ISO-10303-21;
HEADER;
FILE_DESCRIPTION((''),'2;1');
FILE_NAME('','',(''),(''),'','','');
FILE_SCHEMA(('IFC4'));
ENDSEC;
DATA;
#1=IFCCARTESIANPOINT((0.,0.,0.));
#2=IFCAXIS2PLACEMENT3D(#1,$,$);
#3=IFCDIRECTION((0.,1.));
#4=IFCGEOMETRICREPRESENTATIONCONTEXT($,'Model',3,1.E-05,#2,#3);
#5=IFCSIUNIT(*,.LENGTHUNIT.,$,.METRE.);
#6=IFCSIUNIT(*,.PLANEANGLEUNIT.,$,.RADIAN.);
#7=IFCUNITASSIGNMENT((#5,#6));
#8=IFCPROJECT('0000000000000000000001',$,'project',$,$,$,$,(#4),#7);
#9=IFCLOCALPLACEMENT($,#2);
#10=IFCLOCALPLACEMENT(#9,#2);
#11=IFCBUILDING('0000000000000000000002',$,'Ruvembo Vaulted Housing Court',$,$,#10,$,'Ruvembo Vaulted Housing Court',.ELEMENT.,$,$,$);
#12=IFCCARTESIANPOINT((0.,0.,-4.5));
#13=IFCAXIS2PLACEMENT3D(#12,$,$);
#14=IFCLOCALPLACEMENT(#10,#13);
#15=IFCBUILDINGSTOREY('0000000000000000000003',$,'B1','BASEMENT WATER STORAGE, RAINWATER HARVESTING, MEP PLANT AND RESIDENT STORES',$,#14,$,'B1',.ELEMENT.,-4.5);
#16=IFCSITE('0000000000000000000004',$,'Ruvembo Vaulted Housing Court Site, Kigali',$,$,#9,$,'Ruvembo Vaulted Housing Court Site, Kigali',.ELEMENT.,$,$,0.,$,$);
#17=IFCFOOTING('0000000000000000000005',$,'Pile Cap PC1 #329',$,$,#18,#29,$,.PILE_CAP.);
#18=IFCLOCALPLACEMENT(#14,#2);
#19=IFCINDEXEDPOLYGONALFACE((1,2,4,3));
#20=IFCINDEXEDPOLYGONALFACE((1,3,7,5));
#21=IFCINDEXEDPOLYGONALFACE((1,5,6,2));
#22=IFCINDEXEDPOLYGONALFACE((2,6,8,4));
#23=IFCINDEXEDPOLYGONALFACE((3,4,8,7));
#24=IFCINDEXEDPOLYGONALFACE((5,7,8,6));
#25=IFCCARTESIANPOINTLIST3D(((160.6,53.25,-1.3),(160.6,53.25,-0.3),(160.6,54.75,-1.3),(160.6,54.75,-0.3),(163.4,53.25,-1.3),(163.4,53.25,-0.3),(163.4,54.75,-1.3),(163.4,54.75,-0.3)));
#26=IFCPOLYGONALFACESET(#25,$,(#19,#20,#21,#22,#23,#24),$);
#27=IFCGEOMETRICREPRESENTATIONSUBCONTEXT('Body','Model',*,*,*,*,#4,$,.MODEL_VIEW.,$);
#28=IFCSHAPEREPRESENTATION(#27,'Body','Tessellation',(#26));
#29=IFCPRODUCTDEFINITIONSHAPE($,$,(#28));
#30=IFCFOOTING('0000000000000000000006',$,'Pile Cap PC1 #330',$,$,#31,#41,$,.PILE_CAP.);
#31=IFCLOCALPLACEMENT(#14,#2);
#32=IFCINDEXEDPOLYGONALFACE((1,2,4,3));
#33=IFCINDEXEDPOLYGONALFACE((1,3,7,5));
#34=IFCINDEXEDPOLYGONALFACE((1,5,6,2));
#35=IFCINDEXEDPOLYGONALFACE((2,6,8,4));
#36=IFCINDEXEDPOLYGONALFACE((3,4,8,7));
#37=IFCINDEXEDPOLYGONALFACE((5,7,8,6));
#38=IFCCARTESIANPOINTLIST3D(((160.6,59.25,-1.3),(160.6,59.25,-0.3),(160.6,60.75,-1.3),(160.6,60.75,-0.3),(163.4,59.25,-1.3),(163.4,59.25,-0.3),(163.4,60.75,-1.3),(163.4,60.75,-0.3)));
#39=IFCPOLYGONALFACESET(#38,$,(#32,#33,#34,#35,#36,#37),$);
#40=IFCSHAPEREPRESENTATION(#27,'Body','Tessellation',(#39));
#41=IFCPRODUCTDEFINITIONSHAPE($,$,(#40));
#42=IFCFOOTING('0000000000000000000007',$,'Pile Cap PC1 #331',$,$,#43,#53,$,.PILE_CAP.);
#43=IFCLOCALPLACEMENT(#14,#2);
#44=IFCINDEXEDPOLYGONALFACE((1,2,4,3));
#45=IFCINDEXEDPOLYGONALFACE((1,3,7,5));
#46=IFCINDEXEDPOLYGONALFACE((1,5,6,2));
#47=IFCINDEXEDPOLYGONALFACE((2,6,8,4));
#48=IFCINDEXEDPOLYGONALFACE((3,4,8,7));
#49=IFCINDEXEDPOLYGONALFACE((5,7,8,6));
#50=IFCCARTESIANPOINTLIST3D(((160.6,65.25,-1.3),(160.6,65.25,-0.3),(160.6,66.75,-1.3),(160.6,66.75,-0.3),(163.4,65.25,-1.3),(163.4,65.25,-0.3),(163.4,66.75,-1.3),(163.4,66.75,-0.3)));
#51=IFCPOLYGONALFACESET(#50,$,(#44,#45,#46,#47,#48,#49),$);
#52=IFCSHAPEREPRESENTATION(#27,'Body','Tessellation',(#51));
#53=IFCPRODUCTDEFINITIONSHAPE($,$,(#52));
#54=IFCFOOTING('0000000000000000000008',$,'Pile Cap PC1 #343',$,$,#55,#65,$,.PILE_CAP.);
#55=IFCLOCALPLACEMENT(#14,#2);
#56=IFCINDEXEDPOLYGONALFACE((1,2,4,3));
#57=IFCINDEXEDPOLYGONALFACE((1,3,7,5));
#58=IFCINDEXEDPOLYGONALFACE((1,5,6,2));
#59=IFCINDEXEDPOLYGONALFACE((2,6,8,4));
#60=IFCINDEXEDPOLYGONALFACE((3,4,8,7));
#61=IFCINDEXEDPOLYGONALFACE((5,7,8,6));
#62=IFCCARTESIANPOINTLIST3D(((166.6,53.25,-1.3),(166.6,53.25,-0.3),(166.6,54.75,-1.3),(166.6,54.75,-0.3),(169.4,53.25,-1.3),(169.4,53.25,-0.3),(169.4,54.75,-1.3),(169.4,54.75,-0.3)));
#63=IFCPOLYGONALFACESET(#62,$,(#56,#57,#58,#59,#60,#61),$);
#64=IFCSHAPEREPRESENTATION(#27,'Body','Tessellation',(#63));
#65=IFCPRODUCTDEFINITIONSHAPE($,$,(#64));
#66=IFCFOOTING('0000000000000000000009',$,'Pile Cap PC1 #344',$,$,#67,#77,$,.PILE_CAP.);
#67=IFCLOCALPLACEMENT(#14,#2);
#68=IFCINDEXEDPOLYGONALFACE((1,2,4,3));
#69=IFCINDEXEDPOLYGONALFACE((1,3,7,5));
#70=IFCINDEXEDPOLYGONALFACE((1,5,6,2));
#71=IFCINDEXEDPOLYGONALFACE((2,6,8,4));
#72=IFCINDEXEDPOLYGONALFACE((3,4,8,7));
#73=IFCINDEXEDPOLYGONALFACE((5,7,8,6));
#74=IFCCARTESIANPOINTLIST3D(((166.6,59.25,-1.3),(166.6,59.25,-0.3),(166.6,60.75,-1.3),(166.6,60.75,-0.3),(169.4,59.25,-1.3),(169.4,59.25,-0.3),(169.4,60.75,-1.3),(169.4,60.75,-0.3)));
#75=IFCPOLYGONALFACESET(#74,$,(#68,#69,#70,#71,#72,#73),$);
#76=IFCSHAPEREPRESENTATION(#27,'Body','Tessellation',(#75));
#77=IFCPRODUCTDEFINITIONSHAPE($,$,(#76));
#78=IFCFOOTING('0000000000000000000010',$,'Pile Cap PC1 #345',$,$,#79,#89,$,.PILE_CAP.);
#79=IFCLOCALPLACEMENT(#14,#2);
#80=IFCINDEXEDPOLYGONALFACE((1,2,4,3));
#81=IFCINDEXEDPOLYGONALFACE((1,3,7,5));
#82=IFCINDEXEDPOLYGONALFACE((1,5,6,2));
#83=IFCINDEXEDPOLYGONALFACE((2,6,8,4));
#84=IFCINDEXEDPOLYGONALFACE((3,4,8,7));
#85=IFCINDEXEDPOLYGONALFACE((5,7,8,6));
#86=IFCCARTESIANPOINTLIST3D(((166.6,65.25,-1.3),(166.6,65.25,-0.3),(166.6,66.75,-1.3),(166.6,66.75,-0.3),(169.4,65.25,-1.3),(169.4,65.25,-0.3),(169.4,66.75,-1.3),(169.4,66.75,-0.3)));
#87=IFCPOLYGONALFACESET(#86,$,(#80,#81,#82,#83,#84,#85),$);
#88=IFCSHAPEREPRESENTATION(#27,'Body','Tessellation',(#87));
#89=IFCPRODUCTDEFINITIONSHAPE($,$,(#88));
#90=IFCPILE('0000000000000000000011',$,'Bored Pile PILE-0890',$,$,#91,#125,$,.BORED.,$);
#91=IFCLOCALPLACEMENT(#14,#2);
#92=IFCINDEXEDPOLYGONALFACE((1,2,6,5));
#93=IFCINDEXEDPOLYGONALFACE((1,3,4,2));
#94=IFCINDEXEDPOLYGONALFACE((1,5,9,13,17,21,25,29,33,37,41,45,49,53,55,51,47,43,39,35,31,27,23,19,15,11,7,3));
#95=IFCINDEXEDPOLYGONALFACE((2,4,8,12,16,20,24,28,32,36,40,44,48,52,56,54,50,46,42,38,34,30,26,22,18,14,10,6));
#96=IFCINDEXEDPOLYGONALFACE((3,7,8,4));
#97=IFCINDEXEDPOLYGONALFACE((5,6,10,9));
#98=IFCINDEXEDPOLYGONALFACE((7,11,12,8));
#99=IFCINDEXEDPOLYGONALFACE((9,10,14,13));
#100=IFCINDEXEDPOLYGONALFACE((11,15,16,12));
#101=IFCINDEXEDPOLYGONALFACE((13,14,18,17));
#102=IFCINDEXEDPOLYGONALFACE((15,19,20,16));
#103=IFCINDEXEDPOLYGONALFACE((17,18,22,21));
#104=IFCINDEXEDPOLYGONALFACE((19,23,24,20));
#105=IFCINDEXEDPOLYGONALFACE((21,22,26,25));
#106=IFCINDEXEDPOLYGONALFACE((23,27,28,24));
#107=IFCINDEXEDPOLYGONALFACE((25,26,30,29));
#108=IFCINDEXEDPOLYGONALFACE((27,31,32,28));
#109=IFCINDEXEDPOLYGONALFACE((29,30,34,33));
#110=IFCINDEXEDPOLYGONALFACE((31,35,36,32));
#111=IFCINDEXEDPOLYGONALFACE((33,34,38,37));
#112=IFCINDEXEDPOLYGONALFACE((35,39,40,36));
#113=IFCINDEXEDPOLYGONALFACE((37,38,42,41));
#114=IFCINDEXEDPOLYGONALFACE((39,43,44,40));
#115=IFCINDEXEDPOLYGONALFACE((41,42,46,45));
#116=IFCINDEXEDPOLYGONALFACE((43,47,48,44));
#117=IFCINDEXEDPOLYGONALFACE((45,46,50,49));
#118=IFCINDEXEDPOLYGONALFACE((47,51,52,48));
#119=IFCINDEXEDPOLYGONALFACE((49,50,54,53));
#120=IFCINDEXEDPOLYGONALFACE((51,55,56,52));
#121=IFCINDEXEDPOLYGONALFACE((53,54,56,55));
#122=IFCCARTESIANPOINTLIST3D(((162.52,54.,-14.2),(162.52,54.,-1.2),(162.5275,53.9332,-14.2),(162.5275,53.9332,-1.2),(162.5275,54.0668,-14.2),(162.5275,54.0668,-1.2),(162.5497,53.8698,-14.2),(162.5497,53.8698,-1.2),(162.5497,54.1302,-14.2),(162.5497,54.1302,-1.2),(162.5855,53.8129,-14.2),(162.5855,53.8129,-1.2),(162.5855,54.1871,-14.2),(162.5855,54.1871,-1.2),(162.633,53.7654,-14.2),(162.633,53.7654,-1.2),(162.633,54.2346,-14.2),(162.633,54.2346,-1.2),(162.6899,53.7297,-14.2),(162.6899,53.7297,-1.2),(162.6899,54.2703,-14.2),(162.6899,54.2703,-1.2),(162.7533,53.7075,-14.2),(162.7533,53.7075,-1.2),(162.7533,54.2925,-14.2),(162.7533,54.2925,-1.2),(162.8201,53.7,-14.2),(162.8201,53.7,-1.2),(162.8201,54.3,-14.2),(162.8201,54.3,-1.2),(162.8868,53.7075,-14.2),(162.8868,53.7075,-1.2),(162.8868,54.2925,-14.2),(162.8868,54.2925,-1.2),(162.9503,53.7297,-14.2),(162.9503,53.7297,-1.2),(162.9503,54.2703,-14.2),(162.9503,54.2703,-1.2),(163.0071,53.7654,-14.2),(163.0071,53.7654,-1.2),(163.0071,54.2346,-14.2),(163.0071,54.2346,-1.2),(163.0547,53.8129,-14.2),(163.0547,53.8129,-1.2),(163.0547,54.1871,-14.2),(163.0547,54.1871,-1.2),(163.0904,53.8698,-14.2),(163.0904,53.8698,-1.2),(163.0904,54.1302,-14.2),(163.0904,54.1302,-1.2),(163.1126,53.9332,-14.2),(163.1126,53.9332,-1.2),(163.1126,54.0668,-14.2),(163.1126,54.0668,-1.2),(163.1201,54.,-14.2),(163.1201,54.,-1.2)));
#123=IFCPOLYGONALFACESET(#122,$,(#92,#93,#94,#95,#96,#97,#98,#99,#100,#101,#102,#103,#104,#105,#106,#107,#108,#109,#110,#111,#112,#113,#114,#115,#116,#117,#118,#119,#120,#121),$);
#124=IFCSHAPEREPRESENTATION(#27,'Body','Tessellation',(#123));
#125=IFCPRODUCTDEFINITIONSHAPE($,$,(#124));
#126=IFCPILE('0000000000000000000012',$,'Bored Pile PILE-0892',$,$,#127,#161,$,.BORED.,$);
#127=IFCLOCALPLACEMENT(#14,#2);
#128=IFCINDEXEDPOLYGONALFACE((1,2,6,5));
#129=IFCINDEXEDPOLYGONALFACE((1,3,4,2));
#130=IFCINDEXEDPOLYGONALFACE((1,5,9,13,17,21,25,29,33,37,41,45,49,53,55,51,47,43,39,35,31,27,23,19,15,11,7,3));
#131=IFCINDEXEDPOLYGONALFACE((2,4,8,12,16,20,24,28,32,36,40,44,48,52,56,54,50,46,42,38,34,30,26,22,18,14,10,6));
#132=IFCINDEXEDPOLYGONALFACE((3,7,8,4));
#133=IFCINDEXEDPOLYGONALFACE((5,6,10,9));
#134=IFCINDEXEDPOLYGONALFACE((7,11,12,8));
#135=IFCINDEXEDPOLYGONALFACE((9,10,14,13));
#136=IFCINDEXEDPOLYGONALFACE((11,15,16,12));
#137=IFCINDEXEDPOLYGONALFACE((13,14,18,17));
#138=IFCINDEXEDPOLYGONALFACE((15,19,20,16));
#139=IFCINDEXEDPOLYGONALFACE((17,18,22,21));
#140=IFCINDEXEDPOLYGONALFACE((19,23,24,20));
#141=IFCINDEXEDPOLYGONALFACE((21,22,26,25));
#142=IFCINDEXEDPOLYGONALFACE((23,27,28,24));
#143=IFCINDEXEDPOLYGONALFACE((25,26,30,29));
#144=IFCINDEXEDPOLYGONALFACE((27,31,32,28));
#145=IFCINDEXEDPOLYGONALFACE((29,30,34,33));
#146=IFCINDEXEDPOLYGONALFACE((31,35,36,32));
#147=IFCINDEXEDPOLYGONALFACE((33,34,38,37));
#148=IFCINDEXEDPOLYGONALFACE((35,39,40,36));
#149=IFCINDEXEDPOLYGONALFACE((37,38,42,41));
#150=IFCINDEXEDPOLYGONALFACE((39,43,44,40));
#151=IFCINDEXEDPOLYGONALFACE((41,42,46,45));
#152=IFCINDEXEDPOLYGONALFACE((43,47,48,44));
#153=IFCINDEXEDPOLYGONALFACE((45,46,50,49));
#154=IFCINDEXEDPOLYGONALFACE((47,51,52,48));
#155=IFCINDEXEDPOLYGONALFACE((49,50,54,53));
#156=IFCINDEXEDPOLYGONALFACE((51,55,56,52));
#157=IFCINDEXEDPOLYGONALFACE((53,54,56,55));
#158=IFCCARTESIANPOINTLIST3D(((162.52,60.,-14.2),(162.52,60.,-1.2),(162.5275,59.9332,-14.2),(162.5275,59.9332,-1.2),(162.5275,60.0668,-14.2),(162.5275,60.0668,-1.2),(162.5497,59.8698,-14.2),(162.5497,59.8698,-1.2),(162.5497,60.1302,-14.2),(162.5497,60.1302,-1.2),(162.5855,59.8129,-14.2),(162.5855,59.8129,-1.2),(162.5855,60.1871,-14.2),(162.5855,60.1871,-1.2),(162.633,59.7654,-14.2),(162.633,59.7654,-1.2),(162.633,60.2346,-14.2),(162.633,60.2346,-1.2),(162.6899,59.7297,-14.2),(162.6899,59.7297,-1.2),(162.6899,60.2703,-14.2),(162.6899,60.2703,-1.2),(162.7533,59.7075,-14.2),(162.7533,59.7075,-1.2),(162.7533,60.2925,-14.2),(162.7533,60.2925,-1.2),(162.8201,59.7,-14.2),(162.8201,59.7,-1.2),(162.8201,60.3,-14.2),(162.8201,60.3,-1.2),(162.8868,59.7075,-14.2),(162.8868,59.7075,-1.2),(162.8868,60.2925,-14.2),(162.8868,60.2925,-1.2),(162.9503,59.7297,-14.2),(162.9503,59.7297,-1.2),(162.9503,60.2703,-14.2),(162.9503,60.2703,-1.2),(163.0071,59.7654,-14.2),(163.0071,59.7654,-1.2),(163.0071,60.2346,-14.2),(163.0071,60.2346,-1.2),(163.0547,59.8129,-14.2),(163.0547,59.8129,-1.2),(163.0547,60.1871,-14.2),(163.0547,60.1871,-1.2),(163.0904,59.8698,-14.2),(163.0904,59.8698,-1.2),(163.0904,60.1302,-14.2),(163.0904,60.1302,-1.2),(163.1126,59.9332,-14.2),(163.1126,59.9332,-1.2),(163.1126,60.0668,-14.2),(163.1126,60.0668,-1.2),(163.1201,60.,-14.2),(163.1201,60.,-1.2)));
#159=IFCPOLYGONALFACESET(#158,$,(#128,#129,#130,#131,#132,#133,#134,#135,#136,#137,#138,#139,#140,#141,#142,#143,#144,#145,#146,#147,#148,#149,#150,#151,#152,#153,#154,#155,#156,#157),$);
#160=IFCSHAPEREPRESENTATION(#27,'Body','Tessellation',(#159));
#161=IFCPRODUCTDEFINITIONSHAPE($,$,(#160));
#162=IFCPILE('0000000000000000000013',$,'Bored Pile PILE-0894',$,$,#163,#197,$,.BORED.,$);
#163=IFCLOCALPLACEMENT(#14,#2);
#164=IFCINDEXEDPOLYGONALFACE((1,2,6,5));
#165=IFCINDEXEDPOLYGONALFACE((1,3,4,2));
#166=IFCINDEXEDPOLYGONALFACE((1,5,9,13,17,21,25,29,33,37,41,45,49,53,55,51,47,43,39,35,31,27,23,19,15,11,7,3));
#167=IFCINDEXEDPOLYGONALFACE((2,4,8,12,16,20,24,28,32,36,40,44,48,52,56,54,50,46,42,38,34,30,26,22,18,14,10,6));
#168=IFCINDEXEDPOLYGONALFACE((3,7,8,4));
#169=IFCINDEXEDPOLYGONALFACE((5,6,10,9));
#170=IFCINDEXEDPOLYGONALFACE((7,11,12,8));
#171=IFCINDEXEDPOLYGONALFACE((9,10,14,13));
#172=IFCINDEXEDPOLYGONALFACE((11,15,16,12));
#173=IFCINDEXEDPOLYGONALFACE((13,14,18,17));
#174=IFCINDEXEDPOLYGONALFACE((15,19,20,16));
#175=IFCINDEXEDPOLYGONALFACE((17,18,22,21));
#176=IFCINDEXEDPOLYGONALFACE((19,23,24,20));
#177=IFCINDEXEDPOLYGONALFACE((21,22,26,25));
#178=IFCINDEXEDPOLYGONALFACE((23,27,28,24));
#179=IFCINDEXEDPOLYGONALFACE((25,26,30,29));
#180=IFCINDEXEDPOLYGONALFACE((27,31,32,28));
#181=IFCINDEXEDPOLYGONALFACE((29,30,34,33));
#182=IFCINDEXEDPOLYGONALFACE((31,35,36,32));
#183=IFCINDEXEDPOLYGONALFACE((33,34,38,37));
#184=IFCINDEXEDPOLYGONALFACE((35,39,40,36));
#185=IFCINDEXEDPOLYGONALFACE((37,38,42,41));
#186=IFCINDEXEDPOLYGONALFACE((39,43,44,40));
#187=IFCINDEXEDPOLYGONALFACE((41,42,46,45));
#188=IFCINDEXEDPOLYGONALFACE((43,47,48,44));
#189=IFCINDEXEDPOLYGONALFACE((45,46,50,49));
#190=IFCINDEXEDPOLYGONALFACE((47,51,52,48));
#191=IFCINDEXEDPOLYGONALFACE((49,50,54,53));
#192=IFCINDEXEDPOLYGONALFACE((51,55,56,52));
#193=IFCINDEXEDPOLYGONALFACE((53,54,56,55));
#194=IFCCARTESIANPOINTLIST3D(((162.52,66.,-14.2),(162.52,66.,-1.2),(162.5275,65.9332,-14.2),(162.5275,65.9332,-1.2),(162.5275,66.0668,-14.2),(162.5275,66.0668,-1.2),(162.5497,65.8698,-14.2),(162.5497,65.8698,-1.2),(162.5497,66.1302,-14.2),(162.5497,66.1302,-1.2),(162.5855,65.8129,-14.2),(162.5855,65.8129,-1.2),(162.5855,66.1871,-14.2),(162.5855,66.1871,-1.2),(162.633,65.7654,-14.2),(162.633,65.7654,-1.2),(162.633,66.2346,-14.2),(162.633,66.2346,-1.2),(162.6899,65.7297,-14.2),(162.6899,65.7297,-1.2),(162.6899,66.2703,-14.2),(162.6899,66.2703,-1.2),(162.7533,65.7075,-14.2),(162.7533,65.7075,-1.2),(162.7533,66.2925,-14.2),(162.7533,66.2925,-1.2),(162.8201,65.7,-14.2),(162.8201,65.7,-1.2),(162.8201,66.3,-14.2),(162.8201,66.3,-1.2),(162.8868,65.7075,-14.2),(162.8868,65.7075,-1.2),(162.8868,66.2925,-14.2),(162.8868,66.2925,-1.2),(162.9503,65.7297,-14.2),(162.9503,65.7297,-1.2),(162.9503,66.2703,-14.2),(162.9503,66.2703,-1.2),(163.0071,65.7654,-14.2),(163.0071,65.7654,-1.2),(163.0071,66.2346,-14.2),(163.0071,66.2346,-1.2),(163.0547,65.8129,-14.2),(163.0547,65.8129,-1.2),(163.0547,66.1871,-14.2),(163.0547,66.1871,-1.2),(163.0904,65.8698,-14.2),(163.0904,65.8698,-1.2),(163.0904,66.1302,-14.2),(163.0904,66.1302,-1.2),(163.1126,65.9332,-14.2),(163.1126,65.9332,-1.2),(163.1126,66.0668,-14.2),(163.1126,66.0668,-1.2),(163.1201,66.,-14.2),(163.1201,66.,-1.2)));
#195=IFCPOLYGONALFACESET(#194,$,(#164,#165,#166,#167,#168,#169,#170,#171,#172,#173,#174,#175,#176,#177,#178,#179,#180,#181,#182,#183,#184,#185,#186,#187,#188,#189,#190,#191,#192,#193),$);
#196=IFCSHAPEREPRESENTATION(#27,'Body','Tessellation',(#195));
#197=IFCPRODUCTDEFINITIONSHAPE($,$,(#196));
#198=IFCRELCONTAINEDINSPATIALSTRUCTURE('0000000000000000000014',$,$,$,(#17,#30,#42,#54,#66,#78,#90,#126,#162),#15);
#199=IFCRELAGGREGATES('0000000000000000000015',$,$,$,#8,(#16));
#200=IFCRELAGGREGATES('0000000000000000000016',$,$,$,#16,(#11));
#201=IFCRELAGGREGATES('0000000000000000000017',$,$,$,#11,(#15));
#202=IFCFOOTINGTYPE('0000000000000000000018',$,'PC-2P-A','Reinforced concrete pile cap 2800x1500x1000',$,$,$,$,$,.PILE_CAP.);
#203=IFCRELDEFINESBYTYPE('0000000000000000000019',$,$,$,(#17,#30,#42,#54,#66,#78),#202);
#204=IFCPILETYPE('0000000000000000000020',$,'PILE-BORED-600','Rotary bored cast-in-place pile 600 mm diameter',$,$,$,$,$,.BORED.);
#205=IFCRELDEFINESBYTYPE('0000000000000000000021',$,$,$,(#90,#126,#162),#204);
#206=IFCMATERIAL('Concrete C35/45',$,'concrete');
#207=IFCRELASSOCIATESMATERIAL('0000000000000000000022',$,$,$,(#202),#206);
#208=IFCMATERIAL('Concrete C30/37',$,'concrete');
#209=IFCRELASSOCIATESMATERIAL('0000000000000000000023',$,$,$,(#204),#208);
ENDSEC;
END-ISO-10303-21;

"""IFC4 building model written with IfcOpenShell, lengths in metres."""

from ifc_helpers import new_model, si_unit, direction, frame, origin, origin_2d, place, context, subcontext, project, spatial, rectangle, circle, extrude, material, material_profile, profile_set, type_object, element, save


model = new_model("IFC4")

# Units and contexts
model_context = context("Model", 3, precision=1e-05, world=origin(), true_north=direction((0.0, 1.0)))
body_context = subcontext(model_context, "Body", "Model", "MODEL_VIEW")
ifc_project = project(units=[si_unit("LENGTHUNIT", "METRE"), si_unit("PLANEANGLEUNIT", "RADIAN")], contexts=[model_context])

# Site, building, storey
site_placement = place(None, origin())
site = spatial("IfcSite", under=ifc_project, at=site_placement, Name="Ruvembo Vaulted Housing Court Site, Kigali", LongName="Ruvembo Vaulted Housing Court Site, Kigali", CompositionType="ELEMENT", RefElevation=0.0)
building_placement = place(site_placement, origin())
building = spatial("IfcBuilding", under=site, at=building_placement, Name="Ruvembo Vaulted Housing Court", LongName="Ruvembo Vaulted Housing Court", CompositionType="ELEMENT")
storey_placement = place(building_placement, frame((0.0, 0.0, -4.5)))
storey = spatial("IfcBuildingStorey", under=building, at=storey_placement, Name="B1", Description="BASEMENT WATER STORAGE, RAINWATER HARVESTING, MEP PLANT AND RESIDENT STORES", LongName="B1", CompositionType="ELEMENT", Elevation=-4.5)

# Footings
ifc_material_1 = material(Name="Concrete C35/45", Category="concrete")
footing_type = type_object("IfcFootingType", Name="PC-2P-A", Description="Reinforced concrete pile cap 2800x1500x1000", PredefinedType="PILE_CAP", material=ifc_material_1)
for number, where, z_axis, x_axis, name in (
    (1, (162.0, 54.0, -1.3), (0.0, 0.0, 1.0), (1.0, 0.0, 0.0), "Pile Cap PC1 #329"),
    (2, (162.0, 60.0, -1.3), (0.0, 0.0, 1.0), (1.0, 0.0, 0.0), "Pile Cap PC1 #330"),
    (3, (162.0, 66.0, -1.3), (0.0, 0.0, 1.0), (1.0, 0.0, 0.0), "Pile Cap PC1 #331"),
    (4, (168.0, 54.0, -1.3), (0.0, 0.0, 1.0), (1.0, 0.0, 0.0), "Pile Cap PC1 #343"),
    (5, (168.0, 60.0, -1.3), (0.0, 0.0, 1.0), (1.0, 0.0, 0.0), "Pile Cap PC1 #344"),
    (6, (168.0, 66.0, -1.3), (0.0, 0.0, 1.0), (1.0, 0.0, 0.0), "Pile Cap PC1 #345"),
):
    element("IfcFooting", number, at=place(storey_placement, frame(where, z_axis=z_axis, x_axis=x_axis)), inside=storey, type_object=footing_type, Name=name, PredefinedType="PILE_CAP", context=body_context, shape_type="SweptSolid", body=[
        extrude(rectangle(XDim=2.8, YDim=1.5, at=origin_2d()), origin(), (0.0, 0.0, 1.0), 1.0),
    ])

# Piles
ifc_material_2 = material(Name="Concrete C30/37", Category="concrete")
ifc_material_profile_1 = material_profile(ifc_material_2, circle(Radius=0.3, at=origin_2d()), Name="PILE D600")
ifc_profile_set_1 = profile_set([ifc_material_profile_1], Name="Concrete C30/37")
pile_type = type_object("IfcPileType", Name="PILE-BORED-600", Description="Rotary bored cast-in-place pile 600 mm diameter", PredefinedType="BORED", material=ifc_profile_set_1)
for number, where, z_axis, x_axis, name in (
    (7, (162.8201, 54.0, -1.2), (0.0, 0.0, -1.0), (1.0, 0.0, 0.0), "Bored Pile PILE-0890"),
    (8, (162.8201, 60.0, -1.2), (0.0, 0.0, -1.0), (1.0, 0.0, 0.0), "Bored Pile PILE-0892"),
    (9, (162.8201, 66.0, -1.2), (0.0, 0.0, -1.0), (1.0, 0.0, 0.0), "Bored Pile PILE-0894"),
):
    element("IfcPile", number, at=place(storey_placement, frame(where, z_axis=z_axis, x_axis=x_axis)), inside=storey, type_object=pile_type, Name=name, PredefinedType="BORED", context=body_context, shape_type="SweptSolid", body=[
        extrude(circle(Radius=0.3, at=origin_2d()), origin(), (0.0, 0.0, 1.0), 13.0),
    ])

save(model, "model.ifc")
